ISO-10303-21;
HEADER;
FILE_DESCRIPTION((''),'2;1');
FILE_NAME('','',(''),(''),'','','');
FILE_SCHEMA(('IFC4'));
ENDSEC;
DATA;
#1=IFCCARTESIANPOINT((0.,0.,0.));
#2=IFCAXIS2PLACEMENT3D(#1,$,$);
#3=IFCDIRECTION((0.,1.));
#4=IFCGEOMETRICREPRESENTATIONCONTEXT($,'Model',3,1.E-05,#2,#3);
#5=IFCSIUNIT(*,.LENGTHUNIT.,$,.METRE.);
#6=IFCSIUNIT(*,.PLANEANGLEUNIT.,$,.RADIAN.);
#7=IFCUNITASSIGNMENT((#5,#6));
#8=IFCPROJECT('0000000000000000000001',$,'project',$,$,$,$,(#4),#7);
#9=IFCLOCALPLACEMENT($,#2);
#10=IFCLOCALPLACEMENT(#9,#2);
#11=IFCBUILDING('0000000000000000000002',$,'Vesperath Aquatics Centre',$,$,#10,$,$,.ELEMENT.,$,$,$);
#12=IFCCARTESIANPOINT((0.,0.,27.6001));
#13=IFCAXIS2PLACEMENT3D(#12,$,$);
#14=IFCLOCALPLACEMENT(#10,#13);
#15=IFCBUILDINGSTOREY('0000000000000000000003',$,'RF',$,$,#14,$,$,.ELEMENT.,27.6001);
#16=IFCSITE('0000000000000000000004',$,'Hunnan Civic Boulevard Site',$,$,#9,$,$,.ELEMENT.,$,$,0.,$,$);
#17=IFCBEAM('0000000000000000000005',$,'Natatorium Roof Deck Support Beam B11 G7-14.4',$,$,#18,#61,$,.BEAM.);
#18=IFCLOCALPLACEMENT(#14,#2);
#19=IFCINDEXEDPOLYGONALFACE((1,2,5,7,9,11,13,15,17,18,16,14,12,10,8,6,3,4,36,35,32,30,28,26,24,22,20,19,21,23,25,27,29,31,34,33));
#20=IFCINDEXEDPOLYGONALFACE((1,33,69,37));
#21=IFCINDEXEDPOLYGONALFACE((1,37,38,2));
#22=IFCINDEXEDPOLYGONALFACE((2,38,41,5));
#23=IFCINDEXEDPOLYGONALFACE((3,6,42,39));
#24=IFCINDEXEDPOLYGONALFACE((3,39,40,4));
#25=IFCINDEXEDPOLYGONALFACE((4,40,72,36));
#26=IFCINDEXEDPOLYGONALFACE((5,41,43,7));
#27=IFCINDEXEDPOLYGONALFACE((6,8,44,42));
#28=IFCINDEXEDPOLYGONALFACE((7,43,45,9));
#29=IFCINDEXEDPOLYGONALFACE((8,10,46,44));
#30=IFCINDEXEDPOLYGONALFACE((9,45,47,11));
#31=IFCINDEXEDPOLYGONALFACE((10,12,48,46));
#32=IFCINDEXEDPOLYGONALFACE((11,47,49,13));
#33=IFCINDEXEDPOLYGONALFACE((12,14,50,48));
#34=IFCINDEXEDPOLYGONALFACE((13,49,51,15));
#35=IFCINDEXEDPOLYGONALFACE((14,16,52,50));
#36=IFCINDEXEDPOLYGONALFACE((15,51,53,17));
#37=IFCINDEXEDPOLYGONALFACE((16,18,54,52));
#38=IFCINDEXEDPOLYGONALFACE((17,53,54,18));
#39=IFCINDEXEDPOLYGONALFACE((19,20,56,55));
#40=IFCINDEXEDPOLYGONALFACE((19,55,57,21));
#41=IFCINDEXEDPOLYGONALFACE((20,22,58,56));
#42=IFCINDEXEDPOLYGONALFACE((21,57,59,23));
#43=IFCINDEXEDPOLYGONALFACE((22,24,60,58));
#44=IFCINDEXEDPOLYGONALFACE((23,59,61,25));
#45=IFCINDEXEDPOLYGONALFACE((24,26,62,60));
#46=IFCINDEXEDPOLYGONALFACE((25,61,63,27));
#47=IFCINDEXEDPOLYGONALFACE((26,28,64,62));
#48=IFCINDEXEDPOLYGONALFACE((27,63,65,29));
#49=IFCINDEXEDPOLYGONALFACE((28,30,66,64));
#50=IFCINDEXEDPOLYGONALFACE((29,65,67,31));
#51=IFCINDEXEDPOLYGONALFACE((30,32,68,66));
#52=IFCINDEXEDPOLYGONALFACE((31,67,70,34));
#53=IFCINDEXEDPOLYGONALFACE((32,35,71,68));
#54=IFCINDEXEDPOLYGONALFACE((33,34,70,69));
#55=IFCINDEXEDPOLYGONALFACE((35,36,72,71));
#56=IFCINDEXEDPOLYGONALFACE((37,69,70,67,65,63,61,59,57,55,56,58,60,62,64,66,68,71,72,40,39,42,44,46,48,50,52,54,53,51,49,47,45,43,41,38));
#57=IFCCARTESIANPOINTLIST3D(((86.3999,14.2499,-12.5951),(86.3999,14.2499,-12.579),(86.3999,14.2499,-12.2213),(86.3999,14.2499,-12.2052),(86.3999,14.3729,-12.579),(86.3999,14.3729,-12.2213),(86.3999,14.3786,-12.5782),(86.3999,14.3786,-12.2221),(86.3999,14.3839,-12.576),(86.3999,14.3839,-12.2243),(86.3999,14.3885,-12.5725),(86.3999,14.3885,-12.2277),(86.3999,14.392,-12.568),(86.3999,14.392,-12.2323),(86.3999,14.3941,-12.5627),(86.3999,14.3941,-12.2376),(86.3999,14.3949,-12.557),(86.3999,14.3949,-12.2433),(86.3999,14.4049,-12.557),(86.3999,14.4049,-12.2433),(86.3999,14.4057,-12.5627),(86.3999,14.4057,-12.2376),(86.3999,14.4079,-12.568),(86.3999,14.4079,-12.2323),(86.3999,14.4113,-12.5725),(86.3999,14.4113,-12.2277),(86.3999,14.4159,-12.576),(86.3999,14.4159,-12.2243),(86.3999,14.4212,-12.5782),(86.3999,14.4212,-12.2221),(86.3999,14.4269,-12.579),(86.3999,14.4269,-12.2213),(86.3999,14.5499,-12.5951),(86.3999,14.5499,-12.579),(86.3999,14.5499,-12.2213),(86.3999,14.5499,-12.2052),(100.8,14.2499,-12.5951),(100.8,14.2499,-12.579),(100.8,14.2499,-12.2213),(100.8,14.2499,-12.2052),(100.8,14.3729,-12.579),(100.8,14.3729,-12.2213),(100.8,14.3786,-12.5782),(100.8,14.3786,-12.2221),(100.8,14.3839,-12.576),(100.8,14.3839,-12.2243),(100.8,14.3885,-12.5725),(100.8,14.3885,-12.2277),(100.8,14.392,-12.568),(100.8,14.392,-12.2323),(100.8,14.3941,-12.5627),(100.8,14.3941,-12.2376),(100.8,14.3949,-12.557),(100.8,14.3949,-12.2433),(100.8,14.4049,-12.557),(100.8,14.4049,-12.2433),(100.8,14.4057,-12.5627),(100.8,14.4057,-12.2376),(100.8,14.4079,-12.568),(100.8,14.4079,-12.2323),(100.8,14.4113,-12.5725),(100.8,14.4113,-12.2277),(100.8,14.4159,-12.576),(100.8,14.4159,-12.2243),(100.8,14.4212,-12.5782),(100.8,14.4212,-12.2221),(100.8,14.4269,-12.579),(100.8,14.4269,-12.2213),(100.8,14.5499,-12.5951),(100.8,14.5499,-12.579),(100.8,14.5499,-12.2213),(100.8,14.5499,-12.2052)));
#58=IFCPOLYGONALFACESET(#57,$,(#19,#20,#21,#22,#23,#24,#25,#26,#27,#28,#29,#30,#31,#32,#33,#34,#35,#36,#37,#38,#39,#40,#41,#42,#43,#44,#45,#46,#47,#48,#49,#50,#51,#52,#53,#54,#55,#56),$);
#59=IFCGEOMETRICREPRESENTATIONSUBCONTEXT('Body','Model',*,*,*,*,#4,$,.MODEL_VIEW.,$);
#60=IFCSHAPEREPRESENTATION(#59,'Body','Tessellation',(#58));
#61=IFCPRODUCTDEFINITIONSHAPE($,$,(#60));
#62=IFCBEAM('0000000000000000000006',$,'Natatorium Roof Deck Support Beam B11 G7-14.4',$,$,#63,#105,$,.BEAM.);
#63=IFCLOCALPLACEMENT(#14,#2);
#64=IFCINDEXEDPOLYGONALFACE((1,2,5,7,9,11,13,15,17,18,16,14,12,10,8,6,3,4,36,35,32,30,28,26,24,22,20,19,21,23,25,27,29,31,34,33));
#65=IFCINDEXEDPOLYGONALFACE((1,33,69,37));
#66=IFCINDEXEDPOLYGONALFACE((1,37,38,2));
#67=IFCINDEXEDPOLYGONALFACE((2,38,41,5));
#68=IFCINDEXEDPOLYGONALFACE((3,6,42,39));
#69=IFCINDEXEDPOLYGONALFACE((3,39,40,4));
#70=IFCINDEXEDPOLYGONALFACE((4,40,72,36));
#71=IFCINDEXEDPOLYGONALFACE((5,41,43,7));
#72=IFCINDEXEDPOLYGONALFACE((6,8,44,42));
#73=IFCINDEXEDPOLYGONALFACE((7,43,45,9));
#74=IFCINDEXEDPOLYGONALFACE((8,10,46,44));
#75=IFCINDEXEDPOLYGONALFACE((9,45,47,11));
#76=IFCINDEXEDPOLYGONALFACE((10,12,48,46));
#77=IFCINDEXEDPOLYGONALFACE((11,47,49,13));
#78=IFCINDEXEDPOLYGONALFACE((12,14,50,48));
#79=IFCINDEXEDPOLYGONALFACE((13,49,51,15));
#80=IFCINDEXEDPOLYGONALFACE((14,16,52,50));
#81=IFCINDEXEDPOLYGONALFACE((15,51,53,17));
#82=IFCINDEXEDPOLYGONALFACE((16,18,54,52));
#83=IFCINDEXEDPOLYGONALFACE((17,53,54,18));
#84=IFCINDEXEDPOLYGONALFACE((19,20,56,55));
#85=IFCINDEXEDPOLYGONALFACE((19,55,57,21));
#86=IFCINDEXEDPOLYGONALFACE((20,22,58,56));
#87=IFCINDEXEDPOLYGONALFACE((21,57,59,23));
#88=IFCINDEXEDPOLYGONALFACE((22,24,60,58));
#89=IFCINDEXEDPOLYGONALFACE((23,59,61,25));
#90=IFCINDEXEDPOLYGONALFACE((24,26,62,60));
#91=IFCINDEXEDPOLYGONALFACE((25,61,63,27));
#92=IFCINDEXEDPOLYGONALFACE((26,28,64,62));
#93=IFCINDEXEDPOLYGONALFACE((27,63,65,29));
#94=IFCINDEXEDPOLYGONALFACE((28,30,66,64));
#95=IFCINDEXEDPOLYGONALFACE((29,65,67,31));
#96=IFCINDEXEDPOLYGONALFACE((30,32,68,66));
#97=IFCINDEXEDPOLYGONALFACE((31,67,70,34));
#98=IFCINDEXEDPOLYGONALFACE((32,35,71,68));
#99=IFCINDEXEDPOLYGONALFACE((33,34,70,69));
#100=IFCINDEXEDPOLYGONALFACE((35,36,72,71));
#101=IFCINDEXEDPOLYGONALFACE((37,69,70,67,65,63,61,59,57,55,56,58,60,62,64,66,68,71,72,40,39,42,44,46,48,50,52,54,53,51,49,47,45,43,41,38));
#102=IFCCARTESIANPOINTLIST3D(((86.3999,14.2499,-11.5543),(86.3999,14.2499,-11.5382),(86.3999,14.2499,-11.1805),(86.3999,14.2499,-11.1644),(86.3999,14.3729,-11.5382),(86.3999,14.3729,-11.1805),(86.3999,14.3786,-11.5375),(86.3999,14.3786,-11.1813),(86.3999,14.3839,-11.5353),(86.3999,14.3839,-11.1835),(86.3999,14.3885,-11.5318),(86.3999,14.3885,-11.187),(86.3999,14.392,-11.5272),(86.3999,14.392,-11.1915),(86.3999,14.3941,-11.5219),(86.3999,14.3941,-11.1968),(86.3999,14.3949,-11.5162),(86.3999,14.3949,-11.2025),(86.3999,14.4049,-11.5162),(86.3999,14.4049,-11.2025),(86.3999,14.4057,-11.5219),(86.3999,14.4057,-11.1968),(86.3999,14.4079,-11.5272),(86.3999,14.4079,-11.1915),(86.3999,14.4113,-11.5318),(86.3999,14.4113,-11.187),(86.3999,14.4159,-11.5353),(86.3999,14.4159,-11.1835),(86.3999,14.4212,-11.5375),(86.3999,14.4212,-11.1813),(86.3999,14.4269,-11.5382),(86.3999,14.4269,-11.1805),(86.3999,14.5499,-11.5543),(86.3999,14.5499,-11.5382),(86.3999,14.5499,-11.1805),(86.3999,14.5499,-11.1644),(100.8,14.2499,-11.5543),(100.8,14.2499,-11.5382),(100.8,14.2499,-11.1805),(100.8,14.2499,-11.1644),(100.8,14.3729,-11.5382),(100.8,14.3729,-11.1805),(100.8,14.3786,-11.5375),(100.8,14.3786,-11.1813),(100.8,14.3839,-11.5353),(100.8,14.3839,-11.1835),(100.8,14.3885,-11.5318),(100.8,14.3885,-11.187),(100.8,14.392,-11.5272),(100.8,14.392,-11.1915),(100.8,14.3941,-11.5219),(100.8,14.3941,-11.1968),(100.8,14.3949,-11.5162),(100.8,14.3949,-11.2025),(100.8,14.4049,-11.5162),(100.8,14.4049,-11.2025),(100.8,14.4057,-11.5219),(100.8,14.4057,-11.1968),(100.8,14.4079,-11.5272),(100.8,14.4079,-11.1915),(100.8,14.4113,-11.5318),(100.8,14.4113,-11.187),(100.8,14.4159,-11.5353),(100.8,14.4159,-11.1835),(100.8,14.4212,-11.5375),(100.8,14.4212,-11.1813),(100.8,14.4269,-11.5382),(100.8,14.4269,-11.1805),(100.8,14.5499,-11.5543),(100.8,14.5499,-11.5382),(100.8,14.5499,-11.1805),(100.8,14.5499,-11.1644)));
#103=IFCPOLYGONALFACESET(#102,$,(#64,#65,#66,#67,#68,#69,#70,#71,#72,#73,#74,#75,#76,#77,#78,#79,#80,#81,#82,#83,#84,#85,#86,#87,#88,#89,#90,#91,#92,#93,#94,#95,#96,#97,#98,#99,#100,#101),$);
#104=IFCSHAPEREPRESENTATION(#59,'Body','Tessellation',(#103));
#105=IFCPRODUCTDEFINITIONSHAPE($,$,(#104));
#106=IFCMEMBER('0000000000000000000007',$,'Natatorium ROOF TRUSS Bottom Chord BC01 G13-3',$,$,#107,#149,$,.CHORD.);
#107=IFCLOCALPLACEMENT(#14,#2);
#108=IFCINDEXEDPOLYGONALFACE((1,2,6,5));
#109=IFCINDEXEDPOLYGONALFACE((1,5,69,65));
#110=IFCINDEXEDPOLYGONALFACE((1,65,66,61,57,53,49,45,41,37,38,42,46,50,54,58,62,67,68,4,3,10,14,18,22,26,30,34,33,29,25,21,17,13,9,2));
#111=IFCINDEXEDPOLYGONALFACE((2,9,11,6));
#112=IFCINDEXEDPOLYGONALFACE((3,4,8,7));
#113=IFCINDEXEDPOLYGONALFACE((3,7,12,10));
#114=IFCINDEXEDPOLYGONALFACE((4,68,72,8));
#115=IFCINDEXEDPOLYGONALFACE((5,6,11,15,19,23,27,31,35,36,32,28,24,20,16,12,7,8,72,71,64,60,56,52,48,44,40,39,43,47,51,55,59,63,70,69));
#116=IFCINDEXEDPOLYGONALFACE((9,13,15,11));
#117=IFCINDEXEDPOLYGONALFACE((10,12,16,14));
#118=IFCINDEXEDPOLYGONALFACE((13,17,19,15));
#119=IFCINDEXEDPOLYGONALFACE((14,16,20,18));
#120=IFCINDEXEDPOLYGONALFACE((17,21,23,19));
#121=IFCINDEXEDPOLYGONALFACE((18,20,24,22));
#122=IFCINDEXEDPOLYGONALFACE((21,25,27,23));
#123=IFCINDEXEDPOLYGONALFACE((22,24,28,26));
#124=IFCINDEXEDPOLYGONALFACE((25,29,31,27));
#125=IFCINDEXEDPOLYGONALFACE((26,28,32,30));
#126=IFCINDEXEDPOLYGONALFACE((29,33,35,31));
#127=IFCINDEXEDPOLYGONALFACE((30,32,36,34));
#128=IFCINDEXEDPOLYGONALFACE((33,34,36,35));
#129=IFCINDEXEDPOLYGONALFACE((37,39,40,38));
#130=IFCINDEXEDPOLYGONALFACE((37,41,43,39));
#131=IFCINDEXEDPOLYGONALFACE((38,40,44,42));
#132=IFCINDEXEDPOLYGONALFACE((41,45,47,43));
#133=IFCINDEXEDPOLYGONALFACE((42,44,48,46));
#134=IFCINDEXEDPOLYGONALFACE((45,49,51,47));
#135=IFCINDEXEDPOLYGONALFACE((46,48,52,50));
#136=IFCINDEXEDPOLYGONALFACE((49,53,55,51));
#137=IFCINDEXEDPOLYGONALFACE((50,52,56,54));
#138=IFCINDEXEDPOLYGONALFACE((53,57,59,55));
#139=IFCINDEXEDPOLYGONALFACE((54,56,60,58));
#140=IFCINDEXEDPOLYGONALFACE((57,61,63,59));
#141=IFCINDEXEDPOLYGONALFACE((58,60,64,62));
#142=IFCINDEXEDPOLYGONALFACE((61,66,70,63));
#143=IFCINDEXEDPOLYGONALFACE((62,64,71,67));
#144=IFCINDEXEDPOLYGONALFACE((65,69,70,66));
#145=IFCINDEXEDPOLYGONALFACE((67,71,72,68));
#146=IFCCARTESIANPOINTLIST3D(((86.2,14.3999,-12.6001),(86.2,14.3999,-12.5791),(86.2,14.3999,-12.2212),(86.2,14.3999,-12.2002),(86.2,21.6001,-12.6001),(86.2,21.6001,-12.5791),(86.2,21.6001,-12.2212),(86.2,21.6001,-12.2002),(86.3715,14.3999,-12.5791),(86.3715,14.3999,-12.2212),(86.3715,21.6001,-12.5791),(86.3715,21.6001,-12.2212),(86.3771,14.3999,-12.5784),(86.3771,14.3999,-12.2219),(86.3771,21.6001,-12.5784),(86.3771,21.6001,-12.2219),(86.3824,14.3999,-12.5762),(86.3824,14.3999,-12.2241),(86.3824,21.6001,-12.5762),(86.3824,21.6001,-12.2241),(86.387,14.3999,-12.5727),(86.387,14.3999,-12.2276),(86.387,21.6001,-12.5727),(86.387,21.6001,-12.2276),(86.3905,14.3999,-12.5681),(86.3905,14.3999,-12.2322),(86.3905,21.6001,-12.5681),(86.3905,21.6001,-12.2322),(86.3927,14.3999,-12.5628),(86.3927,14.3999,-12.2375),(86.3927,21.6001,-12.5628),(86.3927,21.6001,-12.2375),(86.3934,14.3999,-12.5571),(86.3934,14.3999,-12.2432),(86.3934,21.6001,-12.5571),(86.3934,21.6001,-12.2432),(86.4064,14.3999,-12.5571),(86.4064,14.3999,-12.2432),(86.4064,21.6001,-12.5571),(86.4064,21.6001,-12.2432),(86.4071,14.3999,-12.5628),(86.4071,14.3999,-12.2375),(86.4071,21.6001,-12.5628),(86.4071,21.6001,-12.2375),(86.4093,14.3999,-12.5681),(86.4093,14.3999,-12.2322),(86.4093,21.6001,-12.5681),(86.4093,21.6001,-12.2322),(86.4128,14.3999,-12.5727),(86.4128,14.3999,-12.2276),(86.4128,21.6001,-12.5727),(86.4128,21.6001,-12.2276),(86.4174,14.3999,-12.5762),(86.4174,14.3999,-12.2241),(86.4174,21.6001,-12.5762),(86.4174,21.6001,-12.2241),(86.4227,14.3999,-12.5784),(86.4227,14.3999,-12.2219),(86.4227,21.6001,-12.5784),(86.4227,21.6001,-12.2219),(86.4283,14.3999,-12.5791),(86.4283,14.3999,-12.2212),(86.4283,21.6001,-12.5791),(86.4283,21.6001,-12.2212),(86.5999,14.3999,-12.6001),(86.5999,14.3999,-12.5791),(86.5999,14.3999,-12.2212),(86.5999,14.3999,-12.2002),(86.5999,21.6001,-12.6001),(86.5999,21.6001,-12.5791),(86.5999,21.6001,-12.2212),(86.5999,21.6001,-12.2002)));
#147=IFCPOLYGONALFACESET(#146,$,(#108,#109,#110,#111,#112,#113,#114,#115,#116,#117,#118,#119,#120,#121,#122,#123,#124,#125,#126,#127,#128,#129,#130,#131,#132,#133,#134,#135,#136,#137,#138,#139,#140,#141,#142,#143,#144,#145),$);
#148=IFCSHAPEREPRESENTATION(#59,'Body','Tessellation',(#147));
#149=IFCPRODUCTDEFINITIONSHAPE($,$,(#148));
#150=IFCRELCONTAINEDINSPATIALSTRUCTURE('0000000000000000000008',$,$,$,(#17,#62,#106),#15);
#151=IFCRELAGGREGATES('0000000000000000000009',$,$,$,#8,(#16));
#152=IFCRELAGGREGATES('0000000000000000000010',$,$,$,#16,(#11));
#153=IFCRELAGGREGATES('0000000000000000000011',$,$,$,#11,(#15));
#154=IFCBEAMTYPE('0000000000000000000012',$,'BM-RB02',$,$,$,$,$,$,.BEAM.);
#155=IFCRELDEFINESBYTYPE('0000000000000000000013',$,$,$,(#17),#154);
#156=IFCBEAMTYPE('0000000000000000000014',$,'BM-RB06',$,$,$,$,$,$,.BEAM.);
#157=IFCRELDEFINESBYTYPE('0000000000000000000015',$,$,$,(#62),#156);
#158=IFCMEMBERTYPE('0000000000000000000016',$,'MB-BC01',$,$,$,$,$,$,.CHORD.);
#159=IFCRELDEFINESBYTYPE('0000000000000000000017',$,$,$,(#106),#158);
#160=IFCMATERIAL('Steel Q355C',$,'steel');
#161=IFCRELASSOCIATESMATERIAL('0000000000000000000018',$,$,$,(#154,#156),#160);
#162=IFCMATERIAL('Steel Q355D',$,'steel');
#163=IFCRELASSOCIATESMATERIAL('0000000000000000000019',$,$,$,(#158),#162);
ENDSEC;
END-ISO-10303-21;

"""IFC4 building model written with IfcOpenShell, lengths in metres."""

from ifc_helpers import new_model, si_unit, direction, frame, origin, origin_2d, place, context, subcontext, project, spatial, i_section, extrude, material, material_profile, profile_set, type_object, element, save


model = new_model("IFC4")

# Units and contexts
model_context = context("Model", 3, precision=1e-05, world=origin(), true_north=direction((0.0, 1.0)))
body_context = subcontext(model_context, "Body", "Model", "MODEL_VIEW")
ifc_project = project(units=[si_unit("LENGTHUNIT", "METRE"), si_unit("PLANEANGLEUNIT", "RADIAN")], contexts=[model_context])

# Site, building, storey
site_placement = place(None, origin())
site = spatial("IfcSite", under=ifc_project, at=site_placement, Name="Hunnan Civic Boulevard Site", CompositionType="ELEMENT", RefElevation=0.0)
building_placement = place(site_placement, origin())
building = spatial("IfcBuilding", under=site, at=building_placement, Name="Vesperath Aquatics Centre", CompositionType="ELEMENT")
storey_placement = place(building_placement, frame((0.0, 0.0, 27.6001)))
storey = spatial("IfcBuildingStorey", under=building, at=storey_placement, Name="RF", CompositionType="ELEMENT", Elevation=27.6001)

# Beams
ifc_material_1 = material(Name="Steel Q355C", Category="steel")
ifc_material_profile_1 = material_profile(ifc_material_1, i_section(OverallWidth=0.3, OverallDepth=0.3899, WebThickness=0.01, FlangeThickness=0.0161, FilletRadius=0.022, at=origin_2d()), Name="HM 390x300x10x16")
ifc_profile_set_1 = profile_set([ifc_material_profile_1], Name="Steel Q355C")
beam_type_1 = type_object("IfcBeamType", Name="BM-RB02", PredefinedType="BEAM", material=ifc_profile_set_1)
beam_1_placement = place(storey_placement, frame((86.3999, 14.3999, -12.4001), z_axis=(1.0, 0.0, 0.0), x_axis=(0.0, 1.0, 0.0)))
element("IfcBeam", 1, at=beam_1_placement, inside=storey, type_object=beam_type_1, Name="Natatorium Roof Deck Support Beam B11 G7-14.4", PredefinedType="BEAM", context=body_context, shape_type="SweptSolid", body=[
    extrude(i_section(OverallWidth=0.3, OverallDepth=0.3899, WebThickness=0.01, FlangeThickness=0.0161, FilletRadius=0.022, at=origin_2d()), origin(), (0.0, 0.0, 1.0), 14.4001),
])
ifc_material_profile_2 = material_profile(ifc_material_1, i_section(OverallWidth=0.3, OverallDepth=0.3899, WebThickness=0.01, FlangeThickness=0.0161, FilletRadius=0.022, at=origin_2d()), Name="HM 390x300x10x16")
ifc_profile_set_2 = profile_set([ifc_material_profile_2], Name="Steel Q355C")
beam_type_2 = type_object("IfcBeamType", Name="BM-RB06", PredefinedType="BEAM", material=ifc_profile_set_2)
beam_2_placement = place(storey_placement, frame((86.3999, 14.3999, -11.3594), z_axis=(1.0, 0.0, 0.0), x_axis=(0.0, 1.0, 0.0)))
element("IfcBeam", 2, at=beam_2_placement, inside=storey, type_object=beam_type_2, Name="Natatorium Roof Deck Support Beam B11 G7-14.4", PredefinedType="BEAM", context=body_context, shape_type="SweptSolid", body=[
    extrude(i_section(OverallWidth=0.3, OverallDepth=0.3899, WebThickness=0.01, FlangeThickness=0.0161, FilletRadius=0.022, at=origin_2d()), origin(), (0.0, 0.0, 1.0), 14.4001),
])

# Member
ifc_material_2 = material(Name="Steel Q355D", Category="steel")
ifc_material_profile_3 = material_profile(ifc_material_2, i_section(OverallWidth=0.3999, OverallDepth=0.3999, WebThickness=0.0129, FlangeThickness=0.021, FilletRadius=0.022, at=origin_2d()), Name="HW 400x400x13x21")
ifc_profile_set_3 = profile_set([ifc_material_profile_3], Name="Steel Q355D")
member_type_1 = type_object("IfcMemberType", Name="MB-BC01", PredefinedType="CHORD", material=ifc_profile_set_3)
member_1_placement = place(storey_placement, frame((86.3999, 14.3999, -12.4001), z_axis=(0.0, 1.0, 0.0), x_axis=(-1.0, 0.0, 0.0)))
element("IfcMember", 3, at=member_1_placement, inside=storey, type_object=member_type_1, Name="Natatorium ROOF TRUSS Bottom Chord BC01 G13-3", PredefinedType="CHORD", context=body_context, shape_type="SweptSolid", body=[
    extrude(i_section(OverallWidth=0.3999, OverallDepth=0.3999, WebThickness=0.0129, FlangeThickness=0.021, FilletRadius=0.022, at=origin_2d()), origin(), (0.0, 0.0, 1.0), 7.2002),
])

save(model, "model.ifc")
